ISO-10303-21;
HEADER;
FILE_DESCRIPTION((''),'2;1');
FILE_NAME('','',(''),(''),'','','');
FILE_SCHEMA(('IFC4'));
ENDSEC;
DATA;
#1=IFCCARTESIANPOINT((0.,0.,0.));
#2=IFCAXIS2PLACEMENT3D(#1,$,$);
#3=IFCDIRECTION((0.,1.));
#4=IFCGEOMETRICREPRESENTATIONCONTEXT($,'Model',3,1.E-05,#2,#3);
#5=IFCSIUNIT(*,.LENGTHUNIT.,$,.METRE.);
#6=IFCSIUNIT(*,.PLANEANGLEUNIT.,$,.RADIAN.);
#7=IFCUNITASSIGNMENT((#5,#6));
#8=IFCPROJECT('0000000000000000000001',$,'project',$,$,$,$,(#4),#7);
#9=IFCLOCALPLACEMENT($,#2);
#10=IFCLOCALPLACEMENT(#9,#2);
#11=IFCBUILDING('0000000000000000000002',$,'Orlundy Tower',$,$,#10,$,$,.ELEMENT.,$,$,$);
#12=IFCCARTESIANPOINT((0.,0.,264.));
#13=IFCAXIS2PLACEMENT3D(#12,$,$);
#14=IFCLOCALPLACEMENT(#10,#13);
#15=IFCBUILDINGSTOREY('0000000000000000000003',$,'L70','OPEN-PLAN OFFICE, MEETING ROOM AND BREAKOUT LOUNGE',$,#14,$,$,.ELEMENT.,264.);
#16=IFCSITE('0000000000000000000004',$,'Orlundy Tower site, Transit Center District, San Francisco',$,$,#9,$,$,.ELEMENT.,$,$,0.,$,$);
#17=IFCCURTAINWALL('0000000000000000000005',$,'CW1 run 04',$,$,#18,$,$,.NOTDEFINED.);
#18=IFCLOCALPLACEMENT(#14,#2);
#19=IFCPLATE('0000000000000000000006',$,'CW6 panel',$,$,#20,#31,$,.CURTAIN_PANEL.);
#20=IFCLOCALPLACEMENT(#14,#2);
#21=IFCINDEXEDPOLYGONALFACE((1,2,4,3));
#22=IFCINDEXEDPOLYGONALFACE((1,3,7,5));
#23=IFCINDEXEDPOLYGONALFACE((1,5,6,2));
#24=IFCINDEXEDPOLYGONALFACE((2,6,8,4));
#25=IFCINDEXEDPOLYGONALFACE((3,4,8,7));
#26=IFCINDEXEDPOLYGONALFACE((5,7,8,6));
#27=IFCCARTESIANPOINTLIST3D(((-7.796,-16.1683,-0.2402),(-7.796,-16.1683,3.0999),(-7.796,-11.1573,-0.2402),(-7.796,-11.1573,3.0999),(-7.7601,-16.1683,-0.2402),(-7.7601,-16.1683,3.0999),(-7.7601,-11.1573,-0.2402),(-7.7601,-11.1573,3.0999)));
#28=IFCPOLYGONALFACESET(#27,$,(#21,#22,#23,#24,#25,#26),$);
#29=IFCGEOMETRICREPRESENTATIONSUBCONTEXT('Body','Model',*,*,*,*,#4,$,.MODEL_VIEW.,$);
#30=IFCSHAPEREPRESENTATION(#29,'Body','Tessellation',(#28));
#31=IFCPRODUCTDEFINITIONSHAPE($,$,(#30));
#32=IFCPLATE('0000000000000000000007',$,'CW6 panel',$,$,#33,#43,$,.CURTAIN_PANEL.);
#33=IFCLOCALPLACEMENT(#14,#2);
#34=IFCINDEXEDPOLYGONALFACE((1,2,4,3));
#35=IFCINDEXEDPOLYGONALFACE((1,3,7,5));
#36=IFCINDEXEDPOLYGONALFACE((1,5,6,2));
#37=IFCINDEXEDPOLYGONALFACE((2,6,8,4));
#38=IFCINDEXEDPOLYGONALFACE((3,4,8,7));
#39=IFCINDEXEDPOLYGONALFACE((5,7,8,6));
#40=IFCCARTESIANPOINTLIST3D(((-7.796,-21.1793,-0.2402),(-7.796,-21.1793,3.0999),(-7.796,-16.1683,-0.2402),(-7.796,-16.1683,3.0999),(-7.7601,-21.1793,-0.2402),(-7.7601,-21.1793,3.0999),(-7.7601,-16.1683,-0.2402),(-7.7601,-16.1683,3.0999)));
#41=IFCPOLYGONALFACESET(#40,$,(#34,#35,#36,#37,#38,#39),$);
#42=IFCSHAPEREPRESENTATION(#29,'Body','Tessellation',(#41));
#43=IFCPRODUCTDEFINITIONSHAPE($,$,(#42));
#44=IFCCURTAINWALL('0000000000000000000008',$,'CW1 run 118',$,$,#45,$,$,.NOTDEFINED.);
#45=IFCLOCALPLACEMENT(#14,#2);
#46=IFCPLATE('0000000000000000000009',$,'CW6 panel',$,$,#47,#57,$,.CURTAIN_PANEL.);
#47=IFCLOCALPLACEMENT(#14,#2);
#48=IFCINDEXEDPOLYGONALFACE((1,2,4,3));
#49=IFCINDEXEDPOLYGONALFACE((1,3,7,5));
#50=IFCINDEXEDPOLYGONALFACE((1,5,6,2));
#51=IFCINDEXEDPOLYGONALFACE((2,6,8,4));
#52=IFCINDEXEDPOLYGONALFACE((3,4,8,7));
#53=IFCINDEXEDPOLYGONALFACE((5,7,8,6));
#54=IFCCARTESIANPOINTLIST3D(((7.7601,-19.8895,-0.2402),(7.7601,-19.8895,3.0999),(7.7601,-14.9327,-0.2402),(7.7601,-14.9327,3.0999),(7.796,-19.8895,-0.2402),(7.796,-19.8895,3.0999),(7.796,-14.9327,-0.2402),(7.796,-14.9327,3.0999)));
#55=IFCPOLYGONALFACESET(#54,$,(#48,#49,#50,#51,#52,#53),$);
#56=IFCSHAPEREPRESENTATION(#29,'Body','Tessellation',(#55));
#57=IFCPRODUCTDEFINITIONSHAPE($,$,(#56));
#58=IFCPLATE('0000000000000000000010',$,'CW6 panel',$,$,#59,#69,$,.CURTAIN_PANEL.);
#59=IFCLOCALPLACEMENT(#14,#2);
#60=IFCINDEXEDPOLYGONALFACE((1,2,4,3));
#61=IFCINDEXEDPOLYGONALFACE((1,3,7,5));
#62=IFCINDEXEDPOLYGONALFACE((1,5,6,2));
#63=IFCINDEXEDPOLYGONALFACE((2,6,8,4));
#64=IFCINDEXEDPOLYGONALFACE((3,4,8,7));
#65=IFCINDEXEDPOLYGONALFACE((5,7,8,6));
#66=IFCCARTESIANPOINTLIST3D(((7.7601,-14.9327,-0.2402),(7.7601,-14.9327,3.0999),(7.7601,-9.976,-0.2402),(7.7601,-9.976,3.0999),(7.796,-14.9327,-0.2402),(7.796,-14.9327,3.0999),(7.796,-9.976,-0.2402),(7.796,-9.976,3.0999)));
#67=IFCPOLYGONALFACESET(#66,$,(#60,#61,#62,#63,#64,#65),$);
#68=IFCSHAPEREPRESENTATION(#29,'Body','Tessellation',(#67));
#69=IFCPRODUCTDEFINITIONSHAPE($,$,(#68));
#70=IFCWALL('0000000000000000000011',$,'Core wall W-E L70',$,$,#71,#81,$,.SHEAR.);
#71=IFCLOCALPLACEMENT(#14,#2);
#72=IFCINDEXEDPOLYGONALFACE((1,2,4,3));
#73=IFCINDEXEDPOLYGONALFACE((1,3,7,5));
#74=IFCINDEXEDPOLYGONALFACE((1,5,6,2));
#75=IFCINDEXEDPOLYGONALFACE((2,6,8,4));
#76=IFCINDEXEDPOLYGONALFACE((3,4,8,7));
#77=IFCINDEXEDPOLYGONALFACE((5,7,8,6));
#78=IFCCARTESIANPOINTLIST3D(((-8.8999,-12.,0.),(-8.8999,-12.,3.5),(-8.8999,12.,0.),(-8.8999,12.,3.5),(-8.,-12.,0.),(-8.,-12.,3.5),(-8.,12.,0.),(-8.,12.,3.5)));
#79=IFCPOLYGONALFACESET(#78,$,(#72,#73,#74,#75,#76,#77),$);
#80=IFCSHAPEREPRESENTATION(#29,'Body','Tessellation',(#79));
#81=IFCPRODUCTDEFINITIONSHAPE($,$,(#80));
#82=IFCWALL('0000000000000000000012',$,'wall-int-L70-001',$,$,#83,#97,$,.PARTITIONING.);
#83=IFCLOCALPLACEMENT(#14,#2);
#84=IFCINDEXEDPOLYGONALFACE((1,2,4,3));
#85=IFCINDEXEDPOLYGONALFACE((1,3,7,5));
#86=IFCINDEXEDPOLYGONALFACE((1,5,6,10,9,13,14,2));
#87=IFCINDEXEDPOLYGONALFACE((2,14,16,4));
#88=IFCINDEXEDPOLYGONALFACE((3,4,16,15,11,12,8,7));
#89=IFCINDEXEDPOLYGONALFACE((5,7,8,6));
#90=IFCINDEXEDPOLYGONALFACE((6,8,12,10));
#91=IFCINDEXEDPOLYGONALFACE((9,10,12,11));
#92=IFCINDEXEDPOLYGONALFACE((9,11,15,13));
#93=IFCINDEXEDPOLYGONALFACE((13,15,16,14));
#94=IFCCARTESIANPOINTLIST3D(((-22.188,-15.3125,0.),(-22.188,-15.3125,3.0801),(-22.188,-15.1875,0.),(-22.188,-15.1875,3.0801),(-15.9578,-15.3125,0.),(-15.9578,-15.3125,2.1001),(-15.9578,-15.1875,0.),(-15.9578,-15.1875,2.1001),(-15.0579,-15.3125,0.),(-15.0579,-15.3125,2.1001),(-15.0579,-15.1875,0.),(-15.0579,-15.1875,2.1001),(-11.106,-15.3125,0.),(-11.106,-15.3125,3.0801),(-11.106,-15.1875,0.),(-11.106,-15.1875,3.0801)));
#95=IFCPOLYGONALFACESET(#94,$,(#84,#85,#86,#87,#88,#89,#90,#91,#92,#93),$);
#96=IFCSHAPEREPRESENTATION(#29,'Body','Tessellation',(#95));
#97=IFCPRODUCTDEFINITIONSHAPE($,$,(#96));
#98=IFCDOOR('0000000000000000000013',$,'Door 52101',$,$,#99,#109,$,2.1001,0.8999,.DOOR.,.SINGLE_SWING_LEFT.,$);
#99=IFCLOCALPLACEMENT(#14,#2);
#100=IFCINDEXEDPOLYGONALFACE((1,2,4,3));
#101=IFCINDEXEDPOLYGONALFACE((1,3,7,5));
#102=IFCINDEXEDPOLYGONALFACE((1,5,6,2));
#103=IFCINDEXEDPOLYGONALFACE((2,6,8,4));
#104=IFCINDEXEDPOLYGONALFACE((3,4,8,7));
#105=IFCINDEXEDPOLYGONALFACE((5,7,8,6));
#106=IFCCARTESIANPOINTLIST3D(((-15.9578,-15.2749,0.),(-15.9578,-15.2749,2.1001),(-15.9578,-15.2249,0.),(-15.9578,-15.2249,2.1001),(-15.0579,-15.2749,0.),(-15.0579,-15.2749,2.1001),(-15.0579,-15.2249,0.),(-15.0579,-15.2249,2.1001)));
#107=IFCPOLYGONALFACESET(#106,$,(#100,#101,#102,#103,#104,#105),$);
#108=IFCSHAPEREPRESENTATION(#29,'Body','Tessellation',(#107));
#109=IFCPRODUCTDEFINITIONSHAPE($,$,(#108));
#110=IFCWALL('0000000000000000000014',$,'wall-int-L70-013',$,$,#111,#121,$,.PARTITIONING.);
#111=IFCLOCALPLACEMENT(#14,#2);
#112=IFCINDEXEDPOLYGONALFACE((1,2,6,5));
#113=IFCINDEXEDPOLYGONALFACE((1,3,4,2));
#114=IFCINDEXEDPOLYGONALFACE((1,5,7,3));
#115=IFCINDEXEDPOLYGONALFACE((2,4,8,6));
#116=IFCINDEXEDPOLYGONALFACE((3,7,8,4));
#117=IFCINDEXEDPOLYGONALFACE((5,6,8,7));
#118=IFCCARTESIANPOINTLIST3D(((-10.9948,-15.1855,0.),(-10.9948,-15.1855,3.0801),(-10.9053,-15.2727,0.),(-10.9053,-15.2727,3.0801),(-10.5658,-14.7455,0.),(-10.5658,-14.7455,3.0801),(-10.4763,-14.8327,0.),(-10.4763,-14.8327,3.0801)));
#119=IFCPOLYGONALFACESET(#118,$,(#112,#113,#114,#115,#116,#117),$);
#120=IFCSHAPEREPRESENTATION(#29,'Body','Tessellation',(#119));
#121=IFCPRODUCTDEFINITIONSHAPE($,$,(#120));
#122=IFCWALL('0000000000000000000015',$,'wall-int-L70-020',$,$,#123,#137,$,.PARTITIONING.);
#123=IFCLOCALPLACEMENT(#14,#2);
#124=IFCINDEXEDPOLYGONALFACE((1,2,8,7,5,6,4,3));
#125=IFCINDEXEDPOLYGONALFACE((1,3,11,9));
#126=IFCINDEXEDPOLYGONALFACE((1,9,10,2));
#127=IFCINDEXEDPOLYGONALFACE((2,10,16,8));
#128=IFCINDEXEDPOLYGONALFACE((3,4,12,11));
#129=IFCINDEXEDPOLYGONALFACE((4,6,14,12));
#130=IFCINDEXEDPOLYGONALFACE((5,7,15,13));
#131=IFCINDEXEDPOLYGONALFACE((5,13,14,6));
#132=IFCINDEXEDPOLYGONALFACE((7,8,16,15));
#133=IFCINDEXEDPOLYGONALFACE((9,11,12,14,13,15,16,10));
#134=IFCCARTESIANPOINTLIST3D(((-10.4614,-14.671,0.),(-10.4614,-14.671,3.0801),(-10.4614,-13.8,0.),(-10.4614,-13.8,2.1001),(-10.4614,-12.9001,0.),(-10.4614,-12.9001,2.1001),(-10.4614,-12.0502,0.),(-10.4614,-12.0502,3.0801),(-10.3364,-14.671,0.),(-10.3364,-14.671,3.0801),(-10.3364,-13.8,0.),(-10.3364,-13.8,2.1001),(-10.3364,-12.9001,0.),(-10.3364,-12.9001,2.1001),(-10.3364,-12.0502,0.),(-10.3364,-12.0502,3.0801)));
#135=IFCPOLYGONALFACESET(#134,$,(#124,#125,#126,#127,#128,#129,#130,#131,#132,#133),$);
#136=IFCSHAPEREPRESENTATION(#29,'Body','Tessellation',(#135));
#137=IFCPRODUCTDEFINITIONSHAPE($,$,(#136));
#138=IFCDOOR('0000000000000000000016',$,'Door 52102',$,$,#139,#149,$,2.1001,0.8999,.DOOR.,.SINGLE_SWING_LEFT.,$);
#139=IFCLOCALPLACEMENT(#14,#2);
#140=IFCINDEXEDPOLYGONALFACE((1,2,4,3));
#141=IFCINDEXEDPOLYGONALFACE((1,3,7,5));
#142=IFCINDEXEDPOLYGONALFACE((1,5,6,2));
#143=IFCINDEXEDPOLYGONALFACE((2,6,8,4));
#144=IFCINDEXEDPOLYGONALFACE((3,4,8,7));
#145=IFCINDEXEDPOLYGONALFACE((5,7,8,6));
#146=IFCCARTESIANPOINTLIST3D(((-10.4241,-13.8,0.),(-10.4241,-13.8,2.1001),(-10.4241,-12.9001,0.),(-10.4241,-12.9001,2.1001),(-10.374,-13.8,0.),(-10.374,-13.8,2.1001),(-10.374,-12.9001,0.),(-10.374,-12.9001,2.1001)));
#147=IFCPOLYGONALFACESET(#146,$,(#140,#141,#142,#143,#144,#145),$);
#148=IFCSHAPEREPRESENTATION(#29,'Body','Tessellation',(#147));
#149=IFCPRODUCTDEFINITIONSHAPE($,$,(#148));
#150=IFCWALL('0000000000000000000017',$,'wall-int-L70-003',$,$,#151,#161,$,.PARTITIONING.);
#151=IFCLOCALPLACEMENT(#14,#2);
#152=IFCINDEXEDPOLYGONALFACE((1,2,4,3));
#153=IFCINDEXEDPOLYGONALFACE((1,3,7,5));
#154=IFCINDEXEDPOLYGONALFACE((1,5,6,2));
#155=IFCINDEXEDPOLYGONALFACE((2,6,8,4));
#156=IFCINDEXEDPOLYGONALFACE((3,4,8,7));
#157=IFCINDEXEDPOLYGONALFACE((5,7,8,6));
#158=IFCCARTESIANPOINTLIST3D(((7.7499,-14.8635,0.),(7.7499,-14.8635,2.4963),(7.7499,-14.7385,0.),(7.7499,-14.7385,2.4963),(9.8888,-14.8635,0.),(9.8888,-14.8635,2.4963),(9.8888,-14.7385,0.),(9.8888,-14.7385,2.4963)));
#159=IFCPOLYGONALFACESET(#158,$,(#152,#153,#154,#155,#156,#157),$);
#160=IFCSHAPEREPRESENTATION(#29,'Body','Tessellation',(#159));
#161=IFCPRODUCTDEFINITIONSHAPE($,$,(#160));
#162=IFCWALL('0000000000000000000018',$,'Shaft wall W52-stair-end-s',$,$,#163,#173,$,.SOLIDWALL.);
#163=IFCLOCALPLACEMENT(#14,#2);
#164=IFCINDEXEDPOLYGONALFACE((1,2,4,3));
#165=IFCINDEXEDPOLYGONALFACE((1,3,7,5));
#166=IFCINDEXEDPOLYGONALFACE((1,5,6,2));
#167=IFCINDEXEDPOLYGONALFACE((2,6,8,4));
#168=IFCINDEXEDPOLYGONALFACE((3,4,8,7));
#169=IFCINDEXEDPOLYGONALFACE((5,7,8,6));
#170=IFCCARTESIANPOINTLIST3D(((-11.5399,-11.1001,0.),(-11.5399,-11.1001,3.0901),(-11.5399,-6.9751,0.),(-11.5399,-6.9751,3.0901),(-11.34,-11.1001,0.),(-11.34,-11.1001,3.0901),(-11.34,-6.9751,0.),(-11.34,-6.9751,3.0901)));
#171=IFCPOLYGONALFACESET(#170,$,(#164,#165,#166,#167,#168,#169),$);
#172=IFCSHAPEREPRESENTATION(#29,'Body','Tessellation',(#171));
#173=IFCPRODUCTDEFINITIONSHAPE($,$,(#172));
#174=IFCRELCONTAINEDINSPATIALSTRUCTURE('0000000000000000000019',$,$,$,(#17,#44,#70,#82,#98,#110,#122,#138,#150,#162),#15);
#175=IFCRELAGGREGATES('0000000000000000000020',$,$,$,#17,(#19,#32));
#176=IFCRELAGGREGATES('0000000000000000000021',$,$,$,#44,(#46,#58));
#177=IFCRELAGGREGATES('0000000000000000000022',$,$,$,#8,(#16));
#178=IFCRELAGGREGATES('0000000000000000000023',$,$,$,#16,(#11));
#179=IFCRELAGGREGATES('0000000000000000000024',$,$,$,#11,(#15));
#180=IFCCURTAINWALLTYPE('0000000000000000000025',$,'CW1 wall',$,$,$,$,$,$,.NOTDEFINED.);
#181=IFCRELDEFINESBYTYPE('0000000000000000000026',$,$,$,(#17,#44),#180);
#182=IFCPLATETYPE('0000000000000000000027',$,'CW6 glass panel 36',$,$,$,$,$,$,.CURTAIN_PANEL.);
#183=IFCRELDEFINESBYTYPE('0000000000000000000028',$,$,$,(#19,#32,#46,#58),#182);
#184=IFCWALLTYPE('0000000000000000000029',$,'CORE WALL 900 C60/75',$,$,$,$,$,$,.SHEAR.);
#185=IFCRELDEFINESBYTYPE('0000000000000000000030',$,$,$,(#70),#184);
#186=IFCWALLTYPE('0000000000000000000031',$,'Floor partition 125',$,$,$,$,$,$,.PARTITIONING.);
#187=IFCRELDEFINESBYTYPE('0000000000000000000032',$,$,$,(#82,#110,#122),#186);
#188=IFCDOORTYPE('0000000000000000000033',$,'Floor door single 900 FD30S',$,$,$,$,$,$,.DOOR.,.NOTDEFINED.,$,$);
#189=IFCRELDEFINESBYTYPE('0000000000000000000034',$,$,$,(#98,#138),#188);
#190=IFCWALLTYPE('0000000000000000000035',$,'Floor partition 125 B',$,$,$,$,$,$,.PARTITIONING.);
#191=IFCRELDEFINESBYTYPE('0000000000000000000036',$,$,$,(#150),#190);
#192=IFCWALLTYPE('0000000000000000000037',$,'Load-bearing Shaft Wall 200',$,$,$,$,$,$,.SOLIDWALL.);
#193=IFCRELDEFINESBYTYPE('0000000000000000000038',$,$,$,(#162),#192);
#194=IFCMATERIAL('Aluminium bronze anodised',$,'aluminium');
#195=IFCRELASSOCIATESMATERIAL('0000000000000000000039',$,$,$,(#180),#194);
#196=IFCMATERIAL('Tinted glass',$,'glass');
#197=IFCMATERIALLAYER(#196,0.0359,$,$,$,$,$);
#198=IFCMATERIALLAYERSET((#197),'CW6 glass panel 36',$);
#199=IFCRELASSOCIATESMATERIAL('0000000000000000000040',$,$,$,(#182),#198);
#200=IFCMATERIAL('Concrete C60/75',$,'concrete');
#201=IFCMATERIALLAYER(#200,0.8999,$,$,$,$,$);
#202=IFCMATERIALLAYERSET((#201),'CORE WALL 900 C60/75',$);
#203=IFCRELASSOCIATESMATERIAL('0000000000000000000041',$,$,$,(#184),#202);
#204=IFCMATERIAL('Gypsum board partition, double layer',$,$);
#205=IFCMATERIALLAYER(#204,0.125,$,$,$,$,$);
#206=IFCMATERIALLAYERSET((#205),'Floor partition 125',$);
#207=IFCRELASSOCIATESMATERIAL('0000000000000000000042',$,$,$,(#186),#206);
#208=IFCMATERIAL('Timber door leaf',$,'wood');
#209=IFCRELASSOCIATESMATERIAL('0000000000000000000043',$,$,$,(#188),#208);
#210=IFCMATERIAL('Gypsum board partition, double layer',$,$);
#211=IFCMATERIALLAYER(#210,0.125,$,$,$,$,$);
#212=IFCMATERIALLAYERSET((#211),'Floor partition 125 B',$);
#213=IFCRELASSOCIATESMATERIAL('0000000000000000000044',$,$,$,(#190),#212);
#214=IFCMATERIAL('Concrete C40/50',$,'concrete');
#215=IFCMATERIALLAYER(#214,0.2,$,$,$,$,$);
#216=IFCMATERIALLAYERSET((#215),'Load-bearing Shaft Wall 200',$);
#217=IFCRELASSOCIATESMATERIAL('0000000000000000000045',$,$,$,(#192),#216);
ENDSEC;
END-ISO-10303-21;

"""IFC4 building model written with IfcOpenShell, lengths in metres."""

from ifc_helpers import new_model, si_unit, direction, frame, frame_2d, origin, origin_2d, place, context, subcontext, project, spatial, rectangle, extrude, material, layer, layer_set, type_object, element, fill, aggregate, save


model = new_model("IFC4")

# Units and contexts
model_context = context("Model", 3, precision=1e-05, world=origin(), true_north=direction((0.0, 1.0)))
body_context = subcontext(model_context, "Body", "Model", "MODEL_VIEW")
ifc_project = project(units=[si_unit("LENGTHUNIT", "METRE"), si_unit("PLANEANGLEUNIT", "RADIAN")], contexts=[model_context])

# Site, building, storey
site_placement = place(None, origin())
site = spatial("IfcSite", under=ifc_project, at=site_placement, Name="Orlundy Tower site, Transit Center District, San Francisco", CompositionType="ELEMENT", RefElevation=0.0)
building_placement = place(site_placement, origin())
building = spatial("IfcBuilding", under=site, at=building_placement, Name="Orlundy Tower", CompositionType="ELEMENT")
storey_placement = place(building_placement, frame((0.0, 0.0, 264.0)))
storey = spatial("IfcBuildingStorey", under=building, at=storey_placement, Name="L70", Description="OPEN-PLAN OFFICE, MEETING ROOM AND BREAKOUT LOUNGE", CompositionType="ELEMENT", Elevation=264.0)

# Curtain wall
ifc_material_1 = material(Name="Aluminium bronze anodised", Category="aluminium")
curtain_wall_type = type_object("IfcCurtainWallType", Name="CW1 wall", PredefinedType="NOTDEFINED", material=ifc_material_1)
curtain_wall_1_placement = place(storey_placement, origin())
curtain_wall_1 = element("IfcCurtainWall", 1, at=curtain_wall_1_placement, inside=storey, type_object=curtain_wall_type, Name="CW1 run 04", PredefinedType="NOTDEFINED")

# Plates
ifc_material_2 = material(Name="Tinted glass", Category="glass")
ifc_layer_1 = layer(ifc_material_2, 0.0359)
ifc_layer_set_1 = layer_set([ifc_layer_1], Name="CW6 glass panel 36")
plate_type = type_object("IfcPlateType", Name="CW6 glass panel 36", PredefinedType="CURTAIN_PANEL", material=ifc_layer_set_1)
plate_1_placement = place(storey_placement, frame((-7.7781, -13.6628, -0.2402), z_axis=(0.0, 0.0, 1.0), x_axis=(0.0, -1.0, 0.0)))
plate_1 = element("IfcPlate", 2, at=plate_1_placement, type_object=plate_type, Name="CW6 panel", PredefinedType="CURTAIN_PANEL", context=body_context, shape_type="SweptSolid", body=[
    extrude(rectangle(XDim=5.011, YDim=0.0359, at=origin_2d()), origin(), (0.0, 0.0, 1.0), 3.3401),
])
plate_2_placement = place(storey_placement, frame((-7.7781, -18.6738, -0.2402), z_axis=(0.0, 0.0, 1.0), x_axis=(0.0, -1.0, 0.0)))
plate_2 = element("IfcPlate", 3, at=plate_2_placement, type_object=plate_type, Name="CW6 panel", PredefinedType="CURTAIN_PANEL", context=body_context, shape_type="SweptSolid", body=[
    extrude(rectangle(XDim=5.011, YDim=0.0359, at=origin_2d()), origin(), (0.0, 0.0, 1.0), 3.3401),
])
aggregate(curtain_wall_1, [plate_1, plate_2])

# Curtain wall, plates
curtain_wall_2_placement = place(storey_placement, origin())
curtain_wall_2 = element("IfcCurtainWall", 4, at=curtain_wall_2_placement, inside=storey, type_object=curtain_wall_type, Name="CW1 run 118", PredefinedType="NOTDEFINED")
plate_3_placement = place(storey_placement, frame((7.7781, -17.4111, -0.2402), z_axis=(0.0, 0.0, 1.0), x_axis=(0.0, 1.0, 0.0)))
plate_3 = element("IfcPlate", 5, at=plate_3_placement, type_object=plate_type, Name="CW6 panel", PredefinedType="CURTAIN_PANEL", context=body_context, shape_type="SweptSolid", body=[
    extrude(rectangle(XDim=4.9568, YDim=0.0359, at=origin_2d()), origin(), (0.0, 0.0, 1.0), 3.3401),
])
plate_4_placement = place(storey_placement, frame((7.7781, -12.4543, -0.2402), z_axis=(0.0, 0.0, 1.0), x_axis=(0.0, 1.0, 0.0)))
plate_4 = element("IfcPlate", 6, at=plate_4_placement, type_object=plate_type, Name="CW6 panel", PredefinedType="CURTAIN_PANEL", context=body_context, shape_type="SweptSolid", body=[
    extrude(rectangle(XDim=4.9568, YDim=0.0359, at=origin_2d()), origin(), (0.0, 0.0, 1.0), 3.3401),
])
aggregate(curtain_wall_2, [plate_3, plate_4])

# Wall
ifc_material_3 = material(Name="Concrete C60/75", Category="concrete")
ifc_layer_2 = layer(ifc_material_3, 0.8999)
ifc_layer_set_2 = layer_set([ifc_layer_2], Name="CORE WALL 900 C60/75")
wall_type_1 = type_object("IfcWallType", Name="CORE WALL 900 C60/75", PredefinedType="SHEAR", material=ifc_layer_set_2)
wall_1_placement = place(storey_placement, frame((-8.45, -12.0, 0.0), z_axis=(0.0, 0.0, 1.0), x_axis=(0.0, 1.0, 0.0)))
element("IfcWall", 7, at=wall_1_placement, inside=storey, type_object=wall_type_1, Name="Core wall W-E L70", PredefinedType="SHEAR", context=body_context, shape_type="SweptSolid", body=[
    extrude(rectangle(XDim=24.0, YDim=0.8999, at=frame_2d((12.0, 0.0))), origin(), (0.0, 0.0, 1.0), 3.5),
])

# Wall, opening, door
ifc_material_4 = material(Name="Gypsum board partition, double layer")
ifc_layer_3 = layer(ifc_material_4, 0.125)
ifc_layer_set_3 = layer_set([ifc_layer_3], Name="Floor partition 125")
wall_type_2 = type_object("IfcWallType", Name="Floor partition 125", PredefinedType="PARTITIONING", material=ifc_layer_set_3)
wall_2_placement = place(storey_placement, frame((-11.106, -15.25, 0.0), z_axis=(0.0, 0.0, 1.0), x_axis=(-1.0, 0.0, 0.0)))
wall_2 = element("IfcWall", 8, at=wall_2_placement, inside=storey, type_object=wall_type_2, Name="wall-int-L70-001", PredefinedType="PARTITIONING", context=body_context, shape_type="SweptSolid", body=[
    extrude(rectangle(XDim=11.082, YDim=0.125, at=frame_2d((5.541, 0.0))), origin(), (0.0, 0.0, 1.0), 3.0801),
])
opening_1_placement = place(wall_2_placement, frame((3.9519, 0.0, 0.0)))
opening_1 = element("IfcOpeningElement", 9, at=opening_1_placement, cuts=wall_2, PredefinedType="OPENING", context=body_context, shape_type="SweptSolid", body=[
    extrude(rectangle(XDim=0.8999, YDim=2.1001, at=frame_2d((0.45, 1.05))), frame((0.0, 0.0725, 0.0), z_axis=(0.0, -1.0, 0.0), x_axis=(1.0, 0.0, 0.0)), (0.0, 0.0, 1.0), 0.145),
])
ifc_material_5 = material(Name="Timber door leaf", Category="wood")
door_type_1 = type_object("IfcDoorType", Name="Floor door single 900 FD30S", OperationType="NOTDEFINED", PredefinedType="DOOR", material=ifc_material_5)
door_1_placement = place(opening_1_placement, origin())
door_1 = element("IfcDoor", 10, at=door_1_placement, inside=storey, type_object=door_type_1, Name="Door 52101", OperationType="SINGLE_SWING_LEFT", OverallHeight=2.1001, OverallWidth=0.8999, PredefinedType="DOOR", context=body_context, shape_type="SweptSolid", body=[
    extrude(rectangle(XDim=0.8999, YDim=2.1001, at=frame_2d((0.45, 1.05))), frame((0.0, 0.0249, 0.0), z_axis=(0.0, -1.0, 0.0), x_axis=(1.0, 0.0, 0.0)), (0.0, 0.0, 1.0), 0.05),
])
fill(opening_1, door_1)

# Wall
wall_3_placement = place(storey_placement, frame((-10.95, -15.229, 0.0), z_axis=(0.0, 0.0, 1.0), x_axis=(0.69811, 0.71599, 0.0)))
element("IfcWall", 11, at=wall_3_placement, inside=storey, type_object=wall_type_2, Name="wall-int-L70-013", PredefinedType="PARTITIONING", context=body_context, shape_type="SweptSolid", body=[
    extrude(rectangle(XDim=0.6145, YDim=0.125, at=frame_2d((0.3071, 0.0))), origin(), (0.0, 0.0, 1.0), 3.0801),
])

# Wall, opening, door
wall_4_placement = place(storey_placement, frame((-10.3989, -12.05, 0.0), z_axis=(0.0, 0.0, 1.0), x_axis=(0.0, -1.0, 0.0)))
wall_4 = element("IfcWall", 12, at=wall_4_placement, inside=storey, type_object=wall_type_2, Name="wall-int-L70-020", PredefinedType="PARTITIONING", context=body_context, shape_type="SweptSolid", body=[
    extrude(rectangle(XDim=2.6208, YDim=0.125, at=frame_2d((1.3105, 0.0))), origin(), (0.0, 0.0, 1.0), 3.0801),
])
opening_2_placement = place(wall_4_placement, frame((0.8501, 0.0, 0.0)))
opening_2 = element("IfcOpeningElement", 13, at=opening_2_placement, cuts=wall_4, PredefinedType="OPENING", context=body_context, shape_type="SweptSolid", body=[
    extrude(rectangle(XDim=0.8999, YDim=2.1001, at=frame_2d((0.45, 1.05))), frame((0.0, 0.0725, 0.0), z_axis=(0.0, -1.0, 0.0), x_axis=(1.0, 0.0, 0.0)), (0.0, 0.0, 1.0), 0.145),
])
door_2_placement = place(opening_2_placement, origin())
door_2 = element("IfcDoor", 14, at=door_2_placement, inside=storey, type_object=door_type_1, Name="Door 52102", OperationType="SINGLE_SWING_LEFT", OverallHeight=2.1001, OverallWidth=0.8999, PredefinedType="DOOR", context=body_context, shape_type="SweptSolid", body=[
    extrude(rectangle(XDim=0.8999, YDim=2.1001, at=frame_2d((0.45, 1.05))), frame((0.0, 0.0249, 0.0), z_axis=(0.0, -1.0, 0.0), x_axis=(1.0, 0.0, 0.0)), (0.0, 0.0, 1.0), 0.05),
])
fill(opening_2, door_2)

# Walls
ifc_material_6 = material(Name="Gypsum board partition, double layer")
ifc_layer_4 = layer(ifc_material_6, 0.125)
ifc_layer_set_4 = layer_set([ifc_layer_4], Name="Floor partition 125 B")
wall_type_3 = type_object("IfcWallType", Name="Floor partition 125 B", PredefinedType="PARTITIONING", material=ifc_layer_set_4)
wall_5_placement = place(storey_placement, frame((7.75, -14.801, 0.0), z_axis=(0.0, 0.0, 1.0), x_axis=(1.0, 0.0, 0.0)))
element("IfcWall", 15, at=wall_5_placement, inside=storey, type_object=wall_type_3, Name="wall-int-L70-003", PredefinedType="PARTITIONING", context=body_context, shape_type="SweptSolid", body=[
    extrude(rectangle(XDim=2.1389, YDim=0.125, at=frame_2d((1.0693, 0.0))), origin(), (0.0, 0.0, 1.0), 2.4963),
])
ifc_material_7 = material(Name="Concrete C40/50", Category="concrete")
ifc_layer_5 = layer(ifc_material_7, 0.2)
ifc_layer_set_5 = layer_set([ifc_layer_5], Name="Load-bearing Shaft Wall 200")
wall_type_4 = type_object("IfcWallType", Name="Load-bearing Shaft Wall 200", PredefinedType="SOLIDWALL", material=ifc_layer_set_5)
wall_6_placement = place(storey_placement, frame((-11.4399, -11.1001, 0.0), z_axis=(0.0, 0.0, 1.0), x_axis=(0.0, 1.0, 0.0)))
element("IfcWall", 16, at=wall_6_placement, inside=storey, type_object=wall_type_4, Name="Shaft wall W52-stair-end-s", PredefinedType="SOLIDWALL", context=body_context, shape_type="SweptSolid", body=[
    extrude(rectangle(XDim=4.125, YDim=0.2, at=frame_2d((2.0625, 0.0))), origin(), (0.0, 0.0, 1.0), 3.0901),
])

save(model, "model.ifc")
